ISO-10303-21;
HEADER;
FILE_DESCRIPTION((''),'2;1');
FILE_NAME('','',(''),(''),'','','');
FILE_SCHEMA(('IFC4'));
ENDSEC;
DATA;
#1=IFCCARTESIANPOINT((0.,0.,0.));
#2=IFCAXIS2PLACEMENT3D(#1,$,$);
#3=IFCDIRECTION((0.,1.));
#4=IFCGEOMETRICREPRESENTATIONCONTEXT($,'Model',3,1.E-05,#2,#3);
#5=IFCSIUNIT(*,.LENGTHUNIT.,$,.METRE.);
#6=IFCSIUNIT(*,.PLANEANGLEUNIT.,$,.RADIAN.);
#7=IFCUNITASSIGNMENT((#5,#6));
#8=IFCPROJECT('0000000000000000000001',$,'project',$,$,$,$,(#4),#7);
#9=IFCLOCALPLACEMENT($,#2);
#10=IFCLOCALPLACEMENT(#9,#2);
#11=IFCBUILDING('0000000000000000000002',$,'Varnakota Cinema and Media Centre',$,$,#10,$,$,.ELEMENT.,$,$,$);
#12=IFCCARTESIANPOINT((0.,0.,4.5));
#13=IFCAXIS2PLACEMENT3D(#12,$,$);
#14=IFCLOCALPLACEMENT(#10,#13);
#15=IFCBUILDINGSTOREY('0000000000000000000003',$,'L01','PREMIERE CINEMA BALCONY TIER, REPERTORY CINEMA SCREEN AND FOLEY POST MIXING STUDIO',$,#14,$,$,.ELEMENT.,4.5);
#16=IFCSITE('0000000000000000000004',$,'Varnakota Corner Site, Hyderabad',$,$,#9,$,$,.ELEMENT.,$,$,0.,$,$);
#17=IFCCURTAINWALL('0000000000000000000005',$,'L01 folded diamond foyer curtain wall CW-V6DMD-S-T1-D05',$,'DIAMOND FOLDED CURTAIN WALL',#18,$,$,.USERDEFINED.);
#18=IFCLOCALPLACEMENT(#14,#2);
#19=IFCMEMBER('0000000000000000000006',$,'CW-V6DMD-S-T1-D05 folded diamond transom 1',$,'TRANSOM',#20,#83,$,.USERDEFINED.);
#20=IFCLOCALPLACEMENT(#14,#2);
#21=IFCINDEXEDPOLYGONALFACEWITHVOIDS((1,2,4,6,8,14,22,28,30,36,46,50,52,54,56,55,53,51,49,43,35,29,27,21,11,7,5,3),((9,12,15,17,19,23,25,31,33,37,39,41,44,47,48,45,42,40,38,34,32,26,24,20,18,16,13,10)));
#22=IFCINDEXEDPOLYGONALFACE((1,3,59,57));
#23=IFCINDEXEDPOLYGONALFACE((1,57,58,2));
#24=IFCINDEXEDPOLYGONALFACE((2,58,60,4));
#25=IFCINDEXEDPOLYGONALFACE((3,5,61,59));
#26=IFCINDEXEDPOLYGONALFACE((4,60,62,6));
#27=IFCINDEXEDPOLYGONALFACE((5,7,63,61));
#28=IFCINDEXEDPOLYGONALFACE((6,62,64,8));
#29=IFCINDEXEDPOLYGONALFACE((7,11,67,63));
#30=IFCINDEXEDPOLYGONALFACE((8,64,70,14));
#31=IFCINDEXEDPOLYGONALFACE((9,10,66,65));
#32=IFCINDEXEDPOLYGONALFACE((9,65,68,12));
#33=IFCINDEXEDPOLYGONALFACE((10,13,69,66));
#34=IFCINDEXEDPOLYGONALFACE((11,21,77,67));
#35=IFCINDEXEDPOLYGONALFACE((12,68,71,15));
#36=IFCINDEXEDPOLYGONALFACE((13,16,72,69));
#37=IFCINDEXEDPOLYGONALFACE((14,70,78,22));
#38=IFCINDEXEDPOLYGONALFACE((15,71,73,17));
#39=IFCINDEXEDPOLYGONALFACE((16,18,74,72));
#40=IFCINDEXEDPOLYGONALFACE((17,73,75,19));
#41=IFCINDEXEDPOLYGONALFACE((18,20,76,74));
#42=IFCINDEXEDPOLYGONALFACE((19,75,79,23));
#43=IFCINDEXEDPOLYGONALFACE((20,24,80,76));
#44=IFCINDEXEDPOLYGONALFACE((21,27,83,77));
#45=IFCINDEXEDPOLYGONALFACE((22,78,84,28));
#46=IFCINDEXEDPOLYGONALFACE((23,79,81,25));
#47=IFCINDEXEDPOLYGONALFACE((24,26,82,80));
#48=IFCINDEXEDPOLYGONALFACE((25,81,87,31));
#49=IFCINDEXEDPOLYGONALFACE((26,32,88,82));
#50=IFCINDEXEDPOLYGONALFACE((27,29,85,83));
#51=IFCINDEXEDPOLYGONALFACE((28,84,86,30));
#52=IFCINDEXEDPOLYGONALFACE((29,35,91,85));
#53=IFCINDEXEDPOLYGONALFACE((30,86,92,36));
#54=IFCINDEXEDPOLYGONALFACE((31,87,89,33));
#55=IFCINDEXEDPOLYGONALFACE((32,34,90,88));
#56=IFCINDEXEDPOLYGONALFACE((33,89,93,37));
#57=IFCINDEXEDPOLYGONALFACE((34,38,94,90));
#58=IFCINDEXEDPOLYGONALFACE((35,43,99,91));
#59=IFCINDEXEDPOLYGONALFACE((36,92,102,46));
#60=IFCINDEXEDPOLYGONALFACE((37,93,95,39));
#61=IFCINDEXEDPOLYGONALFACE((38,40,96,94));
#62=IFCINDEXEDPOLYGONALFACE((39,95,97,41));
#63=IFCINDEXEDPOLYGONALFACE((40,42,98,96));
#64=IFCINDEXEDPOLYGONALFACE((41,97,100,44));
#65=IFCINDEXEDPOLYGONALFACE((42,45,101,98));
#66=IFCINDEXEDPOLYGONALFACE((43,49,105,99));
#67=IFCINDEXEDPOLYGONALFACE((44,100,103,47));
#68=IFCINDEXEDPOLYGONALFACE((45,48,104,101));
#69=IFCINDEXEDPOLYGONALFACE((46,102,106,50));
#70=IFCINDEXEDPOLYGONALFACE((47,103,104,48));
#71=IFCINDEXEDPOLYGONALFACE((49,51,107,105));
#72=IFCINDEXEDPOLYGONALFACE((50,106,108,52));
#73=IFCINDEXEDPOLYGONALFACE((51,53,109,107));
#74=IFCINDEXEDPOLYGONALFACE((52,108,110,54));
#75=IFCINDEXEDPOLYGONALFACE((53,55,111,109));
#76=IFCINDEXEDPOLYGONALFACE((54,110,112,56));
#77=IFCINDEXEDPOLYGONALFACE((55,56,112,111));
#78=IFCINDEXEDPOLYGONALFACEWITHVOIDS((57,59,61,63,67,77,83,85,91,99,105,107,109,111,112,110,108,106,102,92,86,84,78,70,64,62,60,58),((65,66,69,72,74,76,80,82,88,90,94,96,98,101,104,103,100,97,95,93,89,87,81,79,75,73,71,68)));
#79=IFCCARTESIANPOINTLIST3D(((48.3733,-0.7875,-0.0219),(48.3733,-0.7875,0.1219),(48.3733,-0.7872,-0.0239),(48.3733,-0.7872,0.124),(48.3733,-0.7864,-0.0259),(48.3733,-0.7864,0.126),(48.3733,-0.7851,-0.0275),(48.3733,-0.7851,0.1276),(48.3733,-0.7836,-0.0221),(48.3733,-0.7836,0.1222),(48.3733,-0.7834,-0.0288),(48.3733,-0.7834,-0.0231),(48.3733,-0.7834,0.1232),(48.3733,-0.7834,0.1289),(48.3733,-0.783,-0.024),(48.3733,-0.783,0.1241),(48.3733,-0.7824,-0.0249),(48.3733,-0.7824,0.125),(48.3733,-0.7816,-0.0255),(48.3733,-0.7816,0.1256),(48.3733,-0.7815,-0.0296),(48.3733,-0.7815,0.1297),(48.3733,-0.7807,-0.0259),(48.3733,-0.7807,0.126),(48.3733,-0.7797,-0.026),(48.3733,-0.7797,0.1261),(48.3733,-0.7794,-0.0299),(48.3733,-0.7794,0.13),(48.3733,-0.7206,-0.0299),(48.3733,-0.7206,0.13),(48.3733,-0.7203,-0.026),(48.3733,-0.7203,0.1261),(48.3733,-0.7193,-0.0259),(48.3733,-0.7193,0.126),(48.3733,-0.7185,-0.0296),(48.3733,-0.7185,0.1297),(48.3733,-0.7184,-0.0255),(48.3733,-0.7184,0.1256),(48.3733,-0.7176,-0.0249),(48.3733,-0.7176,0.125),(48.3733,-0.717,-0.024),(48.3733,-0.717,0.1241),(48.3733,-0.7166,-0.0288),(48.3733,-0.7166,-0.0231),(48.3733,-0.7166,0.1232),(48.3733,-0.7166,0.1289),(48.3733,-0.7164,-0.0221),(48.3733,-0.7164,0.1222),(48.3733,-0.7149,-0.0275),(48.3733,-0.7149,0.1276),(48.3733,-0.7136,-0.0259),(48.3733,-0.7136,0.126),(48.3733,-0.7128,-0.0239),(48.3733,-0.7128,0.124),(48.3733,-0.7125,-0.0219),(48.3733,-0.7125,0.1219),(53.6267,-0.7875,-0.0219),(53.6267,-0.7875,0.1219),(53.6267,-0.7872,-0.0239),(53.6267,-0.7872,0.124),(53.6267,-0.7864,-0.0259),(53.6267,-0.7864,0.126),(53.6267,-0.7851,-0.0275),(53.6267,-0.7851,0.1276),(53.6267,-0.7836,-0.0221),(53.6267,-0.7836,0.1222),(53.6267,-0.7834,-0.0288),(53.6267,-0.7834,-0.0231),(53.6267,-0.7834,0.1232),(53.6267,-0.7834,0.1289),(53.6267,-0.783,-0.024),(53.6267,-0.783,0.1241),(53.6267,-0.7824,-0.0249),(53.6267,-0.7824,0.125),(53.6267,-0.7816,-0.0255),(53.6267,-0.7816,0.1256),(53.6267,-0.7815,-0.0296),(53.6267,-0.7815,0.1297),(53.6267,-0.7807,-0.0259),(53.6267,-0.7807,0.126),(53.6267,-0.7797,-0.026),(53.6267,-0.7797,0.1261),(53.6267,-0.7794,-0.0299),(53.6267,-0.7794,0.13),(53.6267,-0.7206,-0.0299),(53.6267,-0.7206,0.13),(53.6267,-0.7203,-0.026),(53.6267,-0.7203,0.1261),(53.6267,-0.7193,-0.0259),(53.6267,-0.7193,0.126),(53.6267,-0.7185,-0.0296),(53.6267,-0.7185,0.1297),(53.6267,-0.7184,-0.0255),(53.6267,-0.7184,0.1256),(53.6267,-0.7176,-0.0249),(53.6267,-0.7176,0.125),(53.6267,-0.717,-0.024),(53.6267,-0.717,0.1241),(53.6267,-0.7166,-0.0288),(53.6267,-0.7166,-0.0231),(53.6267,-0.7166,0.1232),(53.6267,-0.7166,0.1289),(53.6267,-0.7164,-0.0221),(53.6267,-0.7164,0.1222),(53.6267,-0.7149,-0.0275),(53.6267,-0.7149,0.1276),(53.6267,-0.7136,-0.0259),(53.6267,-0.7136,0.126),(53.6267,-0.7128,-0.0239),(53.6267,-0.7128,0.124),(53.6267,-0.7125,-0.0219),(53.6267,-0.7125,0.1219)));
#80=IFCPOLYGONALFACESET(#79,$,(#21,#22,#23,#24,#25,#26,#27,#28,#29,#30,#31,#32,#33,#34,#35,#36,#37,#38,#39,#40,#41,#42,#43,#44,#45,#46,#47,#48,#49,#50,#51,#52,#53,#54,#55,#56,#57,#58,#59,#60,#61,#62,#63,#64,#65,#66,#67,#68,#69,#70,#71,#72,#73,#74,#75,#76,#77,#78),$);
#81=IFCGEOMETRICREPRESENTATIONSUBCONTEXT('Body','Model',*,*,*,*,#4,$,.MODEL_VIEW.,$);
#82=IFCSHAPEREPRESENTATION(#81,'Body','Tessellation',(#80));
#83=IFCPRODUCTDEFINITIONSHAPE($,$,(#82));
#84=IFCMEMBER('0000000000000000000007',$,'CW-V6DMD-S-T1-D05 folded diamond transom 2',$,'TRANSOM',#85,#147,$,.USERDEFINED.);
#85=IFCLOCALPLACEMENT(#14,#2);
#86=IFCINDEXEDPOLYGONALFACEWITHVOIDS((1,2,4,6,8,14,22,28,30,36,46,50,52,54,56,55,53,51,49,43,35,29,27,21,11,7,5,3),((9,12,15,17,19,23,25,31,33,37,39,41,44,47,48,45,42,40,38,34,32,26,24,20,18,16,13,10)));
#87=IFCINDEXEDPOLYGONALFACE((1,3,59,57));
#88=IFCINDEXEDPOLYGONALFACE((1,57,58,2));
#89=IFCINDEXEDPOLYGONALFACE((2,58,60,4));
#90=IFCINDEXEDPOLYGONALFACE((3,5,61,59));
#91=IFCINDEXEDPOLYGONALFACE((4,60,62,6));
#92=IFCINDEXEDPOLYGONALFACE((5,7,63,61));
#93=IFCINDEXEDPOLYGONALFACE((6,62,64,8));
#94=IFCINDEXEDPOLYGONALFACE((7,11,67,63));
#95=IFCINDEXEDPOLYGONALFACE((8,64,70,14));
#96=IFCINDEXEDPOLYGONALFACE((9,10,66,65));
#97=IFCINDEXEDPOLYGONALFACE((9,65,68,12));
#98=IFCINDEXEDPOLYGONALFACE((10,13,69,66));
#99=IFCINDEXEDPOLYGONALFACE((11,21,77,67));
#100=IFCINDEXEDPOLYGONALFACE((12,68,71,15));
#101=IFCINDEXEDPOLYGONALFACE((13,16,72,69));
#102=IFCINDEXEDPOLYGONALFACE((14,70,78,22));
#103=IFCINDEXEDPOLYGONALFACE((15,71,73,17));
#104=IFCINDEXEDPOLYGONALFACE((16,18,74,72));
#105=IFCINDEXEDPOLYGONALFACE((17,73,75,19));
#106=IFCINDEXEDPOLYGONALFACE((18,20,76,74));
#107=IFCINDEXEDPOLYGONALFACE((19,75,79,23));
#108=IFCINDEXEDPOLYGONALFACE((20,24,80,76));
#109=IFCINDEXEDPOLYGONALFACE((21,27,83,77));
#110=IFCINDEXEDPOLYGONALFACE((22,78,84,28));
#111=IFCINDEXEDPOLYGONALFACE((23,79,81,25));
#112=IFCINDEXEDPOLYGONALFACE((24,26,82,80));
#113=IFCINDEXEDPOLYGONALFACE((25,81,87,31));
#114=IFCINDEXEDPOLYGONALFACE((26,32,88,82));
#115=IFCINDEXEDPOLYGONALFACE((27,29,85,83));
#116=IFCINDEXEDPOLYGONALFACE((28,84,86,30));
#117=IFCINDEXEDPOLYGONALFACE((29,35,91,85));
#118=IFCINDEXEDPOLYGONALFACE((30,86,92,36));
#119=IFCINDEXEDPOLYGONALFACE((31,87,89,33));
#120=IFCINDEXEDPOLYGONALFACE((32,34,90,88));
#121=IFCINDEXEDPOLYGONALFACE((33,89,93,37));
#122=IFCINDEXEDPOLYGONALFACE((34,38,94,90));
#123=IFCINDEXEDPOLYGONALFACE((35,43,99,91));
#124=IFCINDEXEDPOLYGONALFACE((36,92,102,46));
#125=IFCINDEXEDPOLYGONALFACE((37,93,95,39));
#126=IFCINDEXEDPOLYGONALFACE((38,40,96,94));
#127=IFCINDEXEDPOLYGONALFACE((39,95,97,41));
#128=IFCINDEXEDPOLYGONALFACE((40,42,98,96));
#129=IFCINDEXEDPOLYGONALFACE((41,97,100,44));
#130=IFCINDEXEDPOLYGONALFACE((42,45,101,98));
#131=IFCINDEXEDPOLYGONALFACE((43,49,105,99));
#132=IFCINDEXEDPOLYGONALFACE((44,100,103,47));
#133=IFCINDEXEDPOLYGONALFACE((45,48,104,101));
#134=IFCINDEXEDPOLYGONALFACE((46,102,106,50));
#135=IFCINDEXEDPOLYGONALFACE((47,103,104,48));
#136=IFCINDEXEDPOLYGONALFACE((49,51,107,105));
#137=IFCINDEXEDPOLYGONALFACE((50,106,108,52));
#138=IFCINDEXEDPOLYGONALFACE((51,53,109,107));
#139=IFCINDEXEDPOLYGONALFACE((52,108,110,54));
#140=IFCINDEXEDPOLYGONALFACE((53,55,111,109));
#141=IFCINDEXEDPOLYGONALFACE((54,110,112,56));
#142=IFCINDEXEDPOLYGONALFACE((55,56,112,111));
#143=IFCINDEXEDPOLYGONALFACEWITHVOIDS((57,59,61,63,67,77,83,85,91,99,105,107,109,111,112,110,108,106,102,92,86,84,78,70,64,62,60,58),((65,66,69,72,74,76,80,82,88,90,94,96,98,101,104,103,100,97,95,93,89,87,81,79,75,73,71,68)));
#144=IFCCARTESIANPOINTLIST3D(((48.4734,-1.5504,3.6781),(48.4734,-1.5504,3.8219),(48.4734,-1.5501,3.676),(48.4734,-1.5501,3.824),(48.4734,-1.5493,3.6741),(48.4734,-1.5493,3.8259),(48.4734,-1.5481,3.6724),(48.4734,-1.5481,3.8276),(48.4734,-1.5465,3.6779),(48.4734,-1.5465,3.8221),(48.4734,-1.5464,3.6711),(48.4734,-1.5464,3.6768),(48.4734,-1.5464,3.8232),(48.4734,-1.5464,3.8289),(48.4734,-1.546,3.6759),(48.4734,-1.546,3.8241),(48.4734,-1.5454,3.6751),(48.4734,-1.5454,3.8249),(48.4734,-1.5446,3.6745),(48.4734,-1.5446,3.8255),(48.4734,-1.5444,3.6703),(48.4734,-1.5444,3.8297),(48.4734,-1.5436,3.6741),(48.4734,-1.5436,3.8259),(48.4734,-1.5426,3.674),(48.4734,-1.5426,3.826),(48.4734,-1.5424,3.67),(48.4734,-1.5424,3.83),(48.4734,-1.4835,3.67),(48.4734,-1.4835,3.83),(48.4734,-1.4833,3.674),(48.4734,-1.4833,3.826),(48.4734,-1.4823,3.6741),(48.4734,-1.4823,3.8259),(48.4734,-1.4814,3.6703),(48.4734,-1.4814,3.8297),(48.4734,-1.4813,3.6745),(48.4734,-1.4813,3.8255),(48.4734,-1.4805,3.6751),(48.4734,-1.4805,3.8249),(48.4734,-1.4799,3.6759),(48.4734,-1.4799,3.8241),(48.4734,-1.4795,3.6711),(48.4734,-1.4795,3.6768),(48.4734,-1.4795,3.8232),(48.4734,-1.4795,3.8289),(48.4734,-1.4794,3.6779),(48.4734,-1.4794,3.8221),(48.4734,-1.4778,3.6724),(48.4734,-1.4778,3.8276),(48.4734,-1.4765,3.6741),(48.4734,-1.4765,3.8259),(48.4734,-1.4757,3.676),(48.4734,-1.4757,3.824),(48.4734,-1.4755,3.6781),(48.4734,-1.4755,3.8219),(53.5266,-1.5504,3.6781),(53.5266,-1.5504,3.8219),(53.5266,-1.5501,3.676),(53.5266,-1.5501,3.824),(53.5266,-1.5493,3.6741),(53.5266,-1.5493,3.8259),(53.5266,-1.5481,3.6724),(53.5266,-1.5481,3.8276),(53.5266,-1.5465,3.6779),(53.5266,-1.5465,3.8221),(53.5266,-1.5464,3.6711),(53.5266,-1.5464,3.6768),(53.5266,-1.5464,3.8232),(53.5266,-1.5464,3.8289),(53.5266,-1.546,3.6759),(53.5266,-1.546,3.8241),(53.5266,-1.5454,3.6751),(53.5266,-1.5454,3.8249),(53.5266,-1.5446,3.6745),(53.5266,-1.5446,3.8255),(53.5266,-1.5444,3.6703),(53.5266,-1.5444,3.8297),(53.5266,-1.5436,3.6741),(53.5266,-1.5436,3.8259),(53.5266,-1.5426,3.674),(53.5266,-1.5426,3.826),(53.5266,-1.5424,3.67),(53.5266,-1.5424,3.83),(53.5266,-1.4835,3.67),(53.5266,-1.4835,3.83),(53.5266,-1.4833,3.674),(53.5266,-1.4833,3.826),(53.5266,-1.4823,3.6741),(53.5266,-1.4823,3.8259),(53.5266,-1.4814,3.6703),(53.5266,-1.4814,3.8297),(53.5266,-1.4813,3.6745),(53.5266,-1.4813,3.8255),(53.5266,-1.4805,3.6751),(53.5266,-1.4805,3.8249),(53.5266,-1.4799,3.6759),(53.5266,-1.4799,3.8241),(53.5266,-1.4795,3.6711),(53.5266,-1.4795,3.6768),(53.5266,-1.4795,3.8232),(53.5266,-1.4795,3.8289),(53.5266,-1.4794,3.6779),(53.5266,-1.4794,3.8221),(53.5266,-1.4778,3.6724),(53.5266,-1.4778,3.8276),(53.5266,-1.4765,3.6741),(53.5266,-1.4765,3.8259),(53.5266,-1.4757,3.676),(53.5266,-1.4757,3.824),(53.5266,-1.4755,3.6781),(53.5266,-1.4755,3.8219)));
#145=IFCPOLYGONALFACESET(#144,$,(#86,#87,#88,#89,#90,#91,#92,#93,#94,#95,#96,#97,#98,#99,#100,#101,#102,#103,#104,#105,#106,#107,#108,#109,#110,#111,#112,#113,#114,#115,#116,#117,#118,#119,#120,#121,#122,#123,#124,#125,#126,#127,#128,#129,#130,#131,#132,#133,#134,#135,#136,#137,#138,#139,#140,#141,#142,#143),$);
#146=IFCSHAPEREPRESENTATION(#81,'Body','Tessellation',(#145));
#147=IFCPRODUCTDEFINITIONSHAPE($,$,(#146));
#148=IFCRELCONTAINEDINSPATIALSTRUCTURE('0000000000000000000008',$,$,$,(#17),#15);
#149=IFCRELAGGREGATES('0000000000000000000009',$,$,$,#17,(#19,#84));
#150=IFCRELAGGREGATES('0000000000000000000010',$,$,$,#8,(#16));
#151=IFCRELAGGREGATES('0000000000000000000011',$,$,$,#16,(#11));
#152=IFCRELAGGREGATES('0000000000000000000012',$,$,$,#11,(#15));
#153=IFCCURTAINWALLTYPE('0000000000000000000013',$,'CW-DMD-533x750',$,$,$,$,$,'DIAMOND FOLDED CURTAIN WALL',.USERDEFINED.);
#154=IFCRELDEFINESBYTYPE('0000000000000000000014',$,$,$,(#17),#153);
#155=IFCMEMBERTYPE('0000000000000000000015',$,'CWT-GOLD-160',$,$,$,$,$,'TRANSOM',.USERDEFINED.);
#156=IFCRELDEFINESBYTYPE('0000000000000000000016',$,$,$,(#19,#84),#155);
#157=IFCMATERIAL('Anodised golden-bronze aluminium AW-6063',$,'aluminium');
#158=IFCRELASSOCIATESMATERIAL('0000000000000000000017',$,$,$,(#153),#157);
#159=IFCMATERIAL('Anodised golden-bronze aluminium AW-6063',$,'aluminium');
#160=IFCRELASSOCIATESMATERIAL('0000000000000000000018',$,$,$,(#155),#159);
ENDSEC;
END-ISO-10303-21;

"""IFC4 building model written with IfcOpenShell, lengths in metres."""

from ifc_helpers import new_model, si_unit, direction, frame, origin, origin_2d, place, context, subcontext, project, spatial, hollow_rectangle, extrude, material, material_profile, profile_set, type_object, element, aggregate, save


model = new_model("IFC4")

# Units and contexts
model_context = context("Model", 3, precision=1e-05, world=origin(), true_north=direction((0.0, 1.0)))
body_context = subcontext(model_context, "Body", "Model", "MODEL_VIEW")
ifc_project = project(units=[si_unit("LENGTHUNIT", "METRE"), si_unit("PLANEANGLEUNIT", "RADIAN")], contexts=[model_context])

# Site, building, storey
site_placement = place(None, origin())
site = spatial("IfcSite", under=ifc_project, at=site_placement, Name="Varnakota Corner Site, Hyderabad", CompositionType="ELEMENT", RefElevation=0.0)
building_placement = place(site_placement, origin())
building = spatial("IfcBuilding", under=site, at=building_placement, Name="Varnakota Cinema and Media Centre", CompositionType="ELEMENT")
storey_placement = place(building_placement, frame((0.0, 0.0, 4.5)))
storey = spatial("IfcBuildingStorey", under=building, at=storey_placement, Name="L01", Description="PREMIERE CINEMA BALCONY TIER, REPERTORY CINEMA SCREEN AND FOLEY POST MIXING STUDIO", CompositionType="ELEMENT", Elevation=4.5)

# Shared definitions
ifc_material_1 = material(Name="Anodised golden-bronze aluminium AW-6063", Category="aluminium")
curtain_wall_type = type_object("IfcCurtainWallType", Name="CW-DMD-533x750", ElementType="DIAMOND FOLDED CURTAIN WALL", PredefinedType="USERDEFINED", material=ifc_material_1)

# Curtain wall
curtain_wall_1_placement = place(storey_placement, origin())
curtain_wall_1 = element("IfcCurtainWall", 1, at=curtain_wall_1_placement, inside=storey, type_object=curtain_wall_type, Name="L01 folded diamond foyer curtain wall CW-V6DMD-S-T1-D05", ObjectType="DIAMOND FOLDED CURTAIN WALL", PredefinedType="USERDEFINED")

# Members
ifc_material_2 = material(Name="Anodised golden-bronze aluminium AW-6063", Category="aluminium")
ifc_material_profile_1 = material_profile(ifc_material_2, hollow_rectangle(XDim=0.075, YDim=0.1599, WallThickness=0.0039, InnerFilletRadius=0.0039, OuterFilletRadius=0.0081, at=origin_2d()), Name="AL-TRANSOM 160x75x4")
ifc_profile_set_1 = profile_set([ifc_material_profile_1], Name="Anodised golden-bronze aluminium AW-6063")
member_type_1 = type_object("IfcMemberType", Name="CWT-GOLD-160", ElementType="TRANSOM", PredefinedType="USERDEFINED", material=ifc_profile_set_1)
member_1_placement = place(storey_placement, frame((53.6267, -0.75, 0.05), z_axis=(-1.0, 0.0, 0.0), x_axis=(0.0, -1.0, 0.0)))
member_1 = element("IfcMember", 2, at=member_1_placement, type_object=member_type_1, Name="CW-V6DMD-S-T1-D05 folded diamond transom 1", ObjectType="TRANSOM", PredefinedType="USERDEFINED", context=body_context, shape_type="SweptSolid", body=[
    extrude(hollow_rectangle(XDim=0.075, YDim=0.1599, WallThickness=0.0039, InnerFilletRadius=0.0039, OuterFilletRadius=0.0081, at=origin_2d()), origin(), (0.0, 0.0, 1.0), 5.2534),
])
member_2_placement = place(storey_placement, frame((53.5266, -1.5129, 3.75), z_axis=(-1.0, 0.0, 0.0), x_axis=(0.0, -1.0, 0.0)))
member_2 = element("IfcMember", 3, at=member_2_placement, type_object=member_type_1, Name="CW-V6DMD-S-T1-D05 folded diamond transom 2", ObjectType="TRANSOM", PredefinedType="USERDEFINED", context=body_context, shape_type="SweptSolid", body=[
    extrude(hollow_rectangle(XDim=0.075, YDim=0.1599, WallThickness=0.0039, InnerFilletRadius=0.0039, OuterFilletRadius=0.0081, at=origin_2d()), origin(), (0.0, 0.0, 1.0), 5.0532),
])

aggregate(curtain_wall_1, [member_1, member_2])

save(model, "model.ifc")
